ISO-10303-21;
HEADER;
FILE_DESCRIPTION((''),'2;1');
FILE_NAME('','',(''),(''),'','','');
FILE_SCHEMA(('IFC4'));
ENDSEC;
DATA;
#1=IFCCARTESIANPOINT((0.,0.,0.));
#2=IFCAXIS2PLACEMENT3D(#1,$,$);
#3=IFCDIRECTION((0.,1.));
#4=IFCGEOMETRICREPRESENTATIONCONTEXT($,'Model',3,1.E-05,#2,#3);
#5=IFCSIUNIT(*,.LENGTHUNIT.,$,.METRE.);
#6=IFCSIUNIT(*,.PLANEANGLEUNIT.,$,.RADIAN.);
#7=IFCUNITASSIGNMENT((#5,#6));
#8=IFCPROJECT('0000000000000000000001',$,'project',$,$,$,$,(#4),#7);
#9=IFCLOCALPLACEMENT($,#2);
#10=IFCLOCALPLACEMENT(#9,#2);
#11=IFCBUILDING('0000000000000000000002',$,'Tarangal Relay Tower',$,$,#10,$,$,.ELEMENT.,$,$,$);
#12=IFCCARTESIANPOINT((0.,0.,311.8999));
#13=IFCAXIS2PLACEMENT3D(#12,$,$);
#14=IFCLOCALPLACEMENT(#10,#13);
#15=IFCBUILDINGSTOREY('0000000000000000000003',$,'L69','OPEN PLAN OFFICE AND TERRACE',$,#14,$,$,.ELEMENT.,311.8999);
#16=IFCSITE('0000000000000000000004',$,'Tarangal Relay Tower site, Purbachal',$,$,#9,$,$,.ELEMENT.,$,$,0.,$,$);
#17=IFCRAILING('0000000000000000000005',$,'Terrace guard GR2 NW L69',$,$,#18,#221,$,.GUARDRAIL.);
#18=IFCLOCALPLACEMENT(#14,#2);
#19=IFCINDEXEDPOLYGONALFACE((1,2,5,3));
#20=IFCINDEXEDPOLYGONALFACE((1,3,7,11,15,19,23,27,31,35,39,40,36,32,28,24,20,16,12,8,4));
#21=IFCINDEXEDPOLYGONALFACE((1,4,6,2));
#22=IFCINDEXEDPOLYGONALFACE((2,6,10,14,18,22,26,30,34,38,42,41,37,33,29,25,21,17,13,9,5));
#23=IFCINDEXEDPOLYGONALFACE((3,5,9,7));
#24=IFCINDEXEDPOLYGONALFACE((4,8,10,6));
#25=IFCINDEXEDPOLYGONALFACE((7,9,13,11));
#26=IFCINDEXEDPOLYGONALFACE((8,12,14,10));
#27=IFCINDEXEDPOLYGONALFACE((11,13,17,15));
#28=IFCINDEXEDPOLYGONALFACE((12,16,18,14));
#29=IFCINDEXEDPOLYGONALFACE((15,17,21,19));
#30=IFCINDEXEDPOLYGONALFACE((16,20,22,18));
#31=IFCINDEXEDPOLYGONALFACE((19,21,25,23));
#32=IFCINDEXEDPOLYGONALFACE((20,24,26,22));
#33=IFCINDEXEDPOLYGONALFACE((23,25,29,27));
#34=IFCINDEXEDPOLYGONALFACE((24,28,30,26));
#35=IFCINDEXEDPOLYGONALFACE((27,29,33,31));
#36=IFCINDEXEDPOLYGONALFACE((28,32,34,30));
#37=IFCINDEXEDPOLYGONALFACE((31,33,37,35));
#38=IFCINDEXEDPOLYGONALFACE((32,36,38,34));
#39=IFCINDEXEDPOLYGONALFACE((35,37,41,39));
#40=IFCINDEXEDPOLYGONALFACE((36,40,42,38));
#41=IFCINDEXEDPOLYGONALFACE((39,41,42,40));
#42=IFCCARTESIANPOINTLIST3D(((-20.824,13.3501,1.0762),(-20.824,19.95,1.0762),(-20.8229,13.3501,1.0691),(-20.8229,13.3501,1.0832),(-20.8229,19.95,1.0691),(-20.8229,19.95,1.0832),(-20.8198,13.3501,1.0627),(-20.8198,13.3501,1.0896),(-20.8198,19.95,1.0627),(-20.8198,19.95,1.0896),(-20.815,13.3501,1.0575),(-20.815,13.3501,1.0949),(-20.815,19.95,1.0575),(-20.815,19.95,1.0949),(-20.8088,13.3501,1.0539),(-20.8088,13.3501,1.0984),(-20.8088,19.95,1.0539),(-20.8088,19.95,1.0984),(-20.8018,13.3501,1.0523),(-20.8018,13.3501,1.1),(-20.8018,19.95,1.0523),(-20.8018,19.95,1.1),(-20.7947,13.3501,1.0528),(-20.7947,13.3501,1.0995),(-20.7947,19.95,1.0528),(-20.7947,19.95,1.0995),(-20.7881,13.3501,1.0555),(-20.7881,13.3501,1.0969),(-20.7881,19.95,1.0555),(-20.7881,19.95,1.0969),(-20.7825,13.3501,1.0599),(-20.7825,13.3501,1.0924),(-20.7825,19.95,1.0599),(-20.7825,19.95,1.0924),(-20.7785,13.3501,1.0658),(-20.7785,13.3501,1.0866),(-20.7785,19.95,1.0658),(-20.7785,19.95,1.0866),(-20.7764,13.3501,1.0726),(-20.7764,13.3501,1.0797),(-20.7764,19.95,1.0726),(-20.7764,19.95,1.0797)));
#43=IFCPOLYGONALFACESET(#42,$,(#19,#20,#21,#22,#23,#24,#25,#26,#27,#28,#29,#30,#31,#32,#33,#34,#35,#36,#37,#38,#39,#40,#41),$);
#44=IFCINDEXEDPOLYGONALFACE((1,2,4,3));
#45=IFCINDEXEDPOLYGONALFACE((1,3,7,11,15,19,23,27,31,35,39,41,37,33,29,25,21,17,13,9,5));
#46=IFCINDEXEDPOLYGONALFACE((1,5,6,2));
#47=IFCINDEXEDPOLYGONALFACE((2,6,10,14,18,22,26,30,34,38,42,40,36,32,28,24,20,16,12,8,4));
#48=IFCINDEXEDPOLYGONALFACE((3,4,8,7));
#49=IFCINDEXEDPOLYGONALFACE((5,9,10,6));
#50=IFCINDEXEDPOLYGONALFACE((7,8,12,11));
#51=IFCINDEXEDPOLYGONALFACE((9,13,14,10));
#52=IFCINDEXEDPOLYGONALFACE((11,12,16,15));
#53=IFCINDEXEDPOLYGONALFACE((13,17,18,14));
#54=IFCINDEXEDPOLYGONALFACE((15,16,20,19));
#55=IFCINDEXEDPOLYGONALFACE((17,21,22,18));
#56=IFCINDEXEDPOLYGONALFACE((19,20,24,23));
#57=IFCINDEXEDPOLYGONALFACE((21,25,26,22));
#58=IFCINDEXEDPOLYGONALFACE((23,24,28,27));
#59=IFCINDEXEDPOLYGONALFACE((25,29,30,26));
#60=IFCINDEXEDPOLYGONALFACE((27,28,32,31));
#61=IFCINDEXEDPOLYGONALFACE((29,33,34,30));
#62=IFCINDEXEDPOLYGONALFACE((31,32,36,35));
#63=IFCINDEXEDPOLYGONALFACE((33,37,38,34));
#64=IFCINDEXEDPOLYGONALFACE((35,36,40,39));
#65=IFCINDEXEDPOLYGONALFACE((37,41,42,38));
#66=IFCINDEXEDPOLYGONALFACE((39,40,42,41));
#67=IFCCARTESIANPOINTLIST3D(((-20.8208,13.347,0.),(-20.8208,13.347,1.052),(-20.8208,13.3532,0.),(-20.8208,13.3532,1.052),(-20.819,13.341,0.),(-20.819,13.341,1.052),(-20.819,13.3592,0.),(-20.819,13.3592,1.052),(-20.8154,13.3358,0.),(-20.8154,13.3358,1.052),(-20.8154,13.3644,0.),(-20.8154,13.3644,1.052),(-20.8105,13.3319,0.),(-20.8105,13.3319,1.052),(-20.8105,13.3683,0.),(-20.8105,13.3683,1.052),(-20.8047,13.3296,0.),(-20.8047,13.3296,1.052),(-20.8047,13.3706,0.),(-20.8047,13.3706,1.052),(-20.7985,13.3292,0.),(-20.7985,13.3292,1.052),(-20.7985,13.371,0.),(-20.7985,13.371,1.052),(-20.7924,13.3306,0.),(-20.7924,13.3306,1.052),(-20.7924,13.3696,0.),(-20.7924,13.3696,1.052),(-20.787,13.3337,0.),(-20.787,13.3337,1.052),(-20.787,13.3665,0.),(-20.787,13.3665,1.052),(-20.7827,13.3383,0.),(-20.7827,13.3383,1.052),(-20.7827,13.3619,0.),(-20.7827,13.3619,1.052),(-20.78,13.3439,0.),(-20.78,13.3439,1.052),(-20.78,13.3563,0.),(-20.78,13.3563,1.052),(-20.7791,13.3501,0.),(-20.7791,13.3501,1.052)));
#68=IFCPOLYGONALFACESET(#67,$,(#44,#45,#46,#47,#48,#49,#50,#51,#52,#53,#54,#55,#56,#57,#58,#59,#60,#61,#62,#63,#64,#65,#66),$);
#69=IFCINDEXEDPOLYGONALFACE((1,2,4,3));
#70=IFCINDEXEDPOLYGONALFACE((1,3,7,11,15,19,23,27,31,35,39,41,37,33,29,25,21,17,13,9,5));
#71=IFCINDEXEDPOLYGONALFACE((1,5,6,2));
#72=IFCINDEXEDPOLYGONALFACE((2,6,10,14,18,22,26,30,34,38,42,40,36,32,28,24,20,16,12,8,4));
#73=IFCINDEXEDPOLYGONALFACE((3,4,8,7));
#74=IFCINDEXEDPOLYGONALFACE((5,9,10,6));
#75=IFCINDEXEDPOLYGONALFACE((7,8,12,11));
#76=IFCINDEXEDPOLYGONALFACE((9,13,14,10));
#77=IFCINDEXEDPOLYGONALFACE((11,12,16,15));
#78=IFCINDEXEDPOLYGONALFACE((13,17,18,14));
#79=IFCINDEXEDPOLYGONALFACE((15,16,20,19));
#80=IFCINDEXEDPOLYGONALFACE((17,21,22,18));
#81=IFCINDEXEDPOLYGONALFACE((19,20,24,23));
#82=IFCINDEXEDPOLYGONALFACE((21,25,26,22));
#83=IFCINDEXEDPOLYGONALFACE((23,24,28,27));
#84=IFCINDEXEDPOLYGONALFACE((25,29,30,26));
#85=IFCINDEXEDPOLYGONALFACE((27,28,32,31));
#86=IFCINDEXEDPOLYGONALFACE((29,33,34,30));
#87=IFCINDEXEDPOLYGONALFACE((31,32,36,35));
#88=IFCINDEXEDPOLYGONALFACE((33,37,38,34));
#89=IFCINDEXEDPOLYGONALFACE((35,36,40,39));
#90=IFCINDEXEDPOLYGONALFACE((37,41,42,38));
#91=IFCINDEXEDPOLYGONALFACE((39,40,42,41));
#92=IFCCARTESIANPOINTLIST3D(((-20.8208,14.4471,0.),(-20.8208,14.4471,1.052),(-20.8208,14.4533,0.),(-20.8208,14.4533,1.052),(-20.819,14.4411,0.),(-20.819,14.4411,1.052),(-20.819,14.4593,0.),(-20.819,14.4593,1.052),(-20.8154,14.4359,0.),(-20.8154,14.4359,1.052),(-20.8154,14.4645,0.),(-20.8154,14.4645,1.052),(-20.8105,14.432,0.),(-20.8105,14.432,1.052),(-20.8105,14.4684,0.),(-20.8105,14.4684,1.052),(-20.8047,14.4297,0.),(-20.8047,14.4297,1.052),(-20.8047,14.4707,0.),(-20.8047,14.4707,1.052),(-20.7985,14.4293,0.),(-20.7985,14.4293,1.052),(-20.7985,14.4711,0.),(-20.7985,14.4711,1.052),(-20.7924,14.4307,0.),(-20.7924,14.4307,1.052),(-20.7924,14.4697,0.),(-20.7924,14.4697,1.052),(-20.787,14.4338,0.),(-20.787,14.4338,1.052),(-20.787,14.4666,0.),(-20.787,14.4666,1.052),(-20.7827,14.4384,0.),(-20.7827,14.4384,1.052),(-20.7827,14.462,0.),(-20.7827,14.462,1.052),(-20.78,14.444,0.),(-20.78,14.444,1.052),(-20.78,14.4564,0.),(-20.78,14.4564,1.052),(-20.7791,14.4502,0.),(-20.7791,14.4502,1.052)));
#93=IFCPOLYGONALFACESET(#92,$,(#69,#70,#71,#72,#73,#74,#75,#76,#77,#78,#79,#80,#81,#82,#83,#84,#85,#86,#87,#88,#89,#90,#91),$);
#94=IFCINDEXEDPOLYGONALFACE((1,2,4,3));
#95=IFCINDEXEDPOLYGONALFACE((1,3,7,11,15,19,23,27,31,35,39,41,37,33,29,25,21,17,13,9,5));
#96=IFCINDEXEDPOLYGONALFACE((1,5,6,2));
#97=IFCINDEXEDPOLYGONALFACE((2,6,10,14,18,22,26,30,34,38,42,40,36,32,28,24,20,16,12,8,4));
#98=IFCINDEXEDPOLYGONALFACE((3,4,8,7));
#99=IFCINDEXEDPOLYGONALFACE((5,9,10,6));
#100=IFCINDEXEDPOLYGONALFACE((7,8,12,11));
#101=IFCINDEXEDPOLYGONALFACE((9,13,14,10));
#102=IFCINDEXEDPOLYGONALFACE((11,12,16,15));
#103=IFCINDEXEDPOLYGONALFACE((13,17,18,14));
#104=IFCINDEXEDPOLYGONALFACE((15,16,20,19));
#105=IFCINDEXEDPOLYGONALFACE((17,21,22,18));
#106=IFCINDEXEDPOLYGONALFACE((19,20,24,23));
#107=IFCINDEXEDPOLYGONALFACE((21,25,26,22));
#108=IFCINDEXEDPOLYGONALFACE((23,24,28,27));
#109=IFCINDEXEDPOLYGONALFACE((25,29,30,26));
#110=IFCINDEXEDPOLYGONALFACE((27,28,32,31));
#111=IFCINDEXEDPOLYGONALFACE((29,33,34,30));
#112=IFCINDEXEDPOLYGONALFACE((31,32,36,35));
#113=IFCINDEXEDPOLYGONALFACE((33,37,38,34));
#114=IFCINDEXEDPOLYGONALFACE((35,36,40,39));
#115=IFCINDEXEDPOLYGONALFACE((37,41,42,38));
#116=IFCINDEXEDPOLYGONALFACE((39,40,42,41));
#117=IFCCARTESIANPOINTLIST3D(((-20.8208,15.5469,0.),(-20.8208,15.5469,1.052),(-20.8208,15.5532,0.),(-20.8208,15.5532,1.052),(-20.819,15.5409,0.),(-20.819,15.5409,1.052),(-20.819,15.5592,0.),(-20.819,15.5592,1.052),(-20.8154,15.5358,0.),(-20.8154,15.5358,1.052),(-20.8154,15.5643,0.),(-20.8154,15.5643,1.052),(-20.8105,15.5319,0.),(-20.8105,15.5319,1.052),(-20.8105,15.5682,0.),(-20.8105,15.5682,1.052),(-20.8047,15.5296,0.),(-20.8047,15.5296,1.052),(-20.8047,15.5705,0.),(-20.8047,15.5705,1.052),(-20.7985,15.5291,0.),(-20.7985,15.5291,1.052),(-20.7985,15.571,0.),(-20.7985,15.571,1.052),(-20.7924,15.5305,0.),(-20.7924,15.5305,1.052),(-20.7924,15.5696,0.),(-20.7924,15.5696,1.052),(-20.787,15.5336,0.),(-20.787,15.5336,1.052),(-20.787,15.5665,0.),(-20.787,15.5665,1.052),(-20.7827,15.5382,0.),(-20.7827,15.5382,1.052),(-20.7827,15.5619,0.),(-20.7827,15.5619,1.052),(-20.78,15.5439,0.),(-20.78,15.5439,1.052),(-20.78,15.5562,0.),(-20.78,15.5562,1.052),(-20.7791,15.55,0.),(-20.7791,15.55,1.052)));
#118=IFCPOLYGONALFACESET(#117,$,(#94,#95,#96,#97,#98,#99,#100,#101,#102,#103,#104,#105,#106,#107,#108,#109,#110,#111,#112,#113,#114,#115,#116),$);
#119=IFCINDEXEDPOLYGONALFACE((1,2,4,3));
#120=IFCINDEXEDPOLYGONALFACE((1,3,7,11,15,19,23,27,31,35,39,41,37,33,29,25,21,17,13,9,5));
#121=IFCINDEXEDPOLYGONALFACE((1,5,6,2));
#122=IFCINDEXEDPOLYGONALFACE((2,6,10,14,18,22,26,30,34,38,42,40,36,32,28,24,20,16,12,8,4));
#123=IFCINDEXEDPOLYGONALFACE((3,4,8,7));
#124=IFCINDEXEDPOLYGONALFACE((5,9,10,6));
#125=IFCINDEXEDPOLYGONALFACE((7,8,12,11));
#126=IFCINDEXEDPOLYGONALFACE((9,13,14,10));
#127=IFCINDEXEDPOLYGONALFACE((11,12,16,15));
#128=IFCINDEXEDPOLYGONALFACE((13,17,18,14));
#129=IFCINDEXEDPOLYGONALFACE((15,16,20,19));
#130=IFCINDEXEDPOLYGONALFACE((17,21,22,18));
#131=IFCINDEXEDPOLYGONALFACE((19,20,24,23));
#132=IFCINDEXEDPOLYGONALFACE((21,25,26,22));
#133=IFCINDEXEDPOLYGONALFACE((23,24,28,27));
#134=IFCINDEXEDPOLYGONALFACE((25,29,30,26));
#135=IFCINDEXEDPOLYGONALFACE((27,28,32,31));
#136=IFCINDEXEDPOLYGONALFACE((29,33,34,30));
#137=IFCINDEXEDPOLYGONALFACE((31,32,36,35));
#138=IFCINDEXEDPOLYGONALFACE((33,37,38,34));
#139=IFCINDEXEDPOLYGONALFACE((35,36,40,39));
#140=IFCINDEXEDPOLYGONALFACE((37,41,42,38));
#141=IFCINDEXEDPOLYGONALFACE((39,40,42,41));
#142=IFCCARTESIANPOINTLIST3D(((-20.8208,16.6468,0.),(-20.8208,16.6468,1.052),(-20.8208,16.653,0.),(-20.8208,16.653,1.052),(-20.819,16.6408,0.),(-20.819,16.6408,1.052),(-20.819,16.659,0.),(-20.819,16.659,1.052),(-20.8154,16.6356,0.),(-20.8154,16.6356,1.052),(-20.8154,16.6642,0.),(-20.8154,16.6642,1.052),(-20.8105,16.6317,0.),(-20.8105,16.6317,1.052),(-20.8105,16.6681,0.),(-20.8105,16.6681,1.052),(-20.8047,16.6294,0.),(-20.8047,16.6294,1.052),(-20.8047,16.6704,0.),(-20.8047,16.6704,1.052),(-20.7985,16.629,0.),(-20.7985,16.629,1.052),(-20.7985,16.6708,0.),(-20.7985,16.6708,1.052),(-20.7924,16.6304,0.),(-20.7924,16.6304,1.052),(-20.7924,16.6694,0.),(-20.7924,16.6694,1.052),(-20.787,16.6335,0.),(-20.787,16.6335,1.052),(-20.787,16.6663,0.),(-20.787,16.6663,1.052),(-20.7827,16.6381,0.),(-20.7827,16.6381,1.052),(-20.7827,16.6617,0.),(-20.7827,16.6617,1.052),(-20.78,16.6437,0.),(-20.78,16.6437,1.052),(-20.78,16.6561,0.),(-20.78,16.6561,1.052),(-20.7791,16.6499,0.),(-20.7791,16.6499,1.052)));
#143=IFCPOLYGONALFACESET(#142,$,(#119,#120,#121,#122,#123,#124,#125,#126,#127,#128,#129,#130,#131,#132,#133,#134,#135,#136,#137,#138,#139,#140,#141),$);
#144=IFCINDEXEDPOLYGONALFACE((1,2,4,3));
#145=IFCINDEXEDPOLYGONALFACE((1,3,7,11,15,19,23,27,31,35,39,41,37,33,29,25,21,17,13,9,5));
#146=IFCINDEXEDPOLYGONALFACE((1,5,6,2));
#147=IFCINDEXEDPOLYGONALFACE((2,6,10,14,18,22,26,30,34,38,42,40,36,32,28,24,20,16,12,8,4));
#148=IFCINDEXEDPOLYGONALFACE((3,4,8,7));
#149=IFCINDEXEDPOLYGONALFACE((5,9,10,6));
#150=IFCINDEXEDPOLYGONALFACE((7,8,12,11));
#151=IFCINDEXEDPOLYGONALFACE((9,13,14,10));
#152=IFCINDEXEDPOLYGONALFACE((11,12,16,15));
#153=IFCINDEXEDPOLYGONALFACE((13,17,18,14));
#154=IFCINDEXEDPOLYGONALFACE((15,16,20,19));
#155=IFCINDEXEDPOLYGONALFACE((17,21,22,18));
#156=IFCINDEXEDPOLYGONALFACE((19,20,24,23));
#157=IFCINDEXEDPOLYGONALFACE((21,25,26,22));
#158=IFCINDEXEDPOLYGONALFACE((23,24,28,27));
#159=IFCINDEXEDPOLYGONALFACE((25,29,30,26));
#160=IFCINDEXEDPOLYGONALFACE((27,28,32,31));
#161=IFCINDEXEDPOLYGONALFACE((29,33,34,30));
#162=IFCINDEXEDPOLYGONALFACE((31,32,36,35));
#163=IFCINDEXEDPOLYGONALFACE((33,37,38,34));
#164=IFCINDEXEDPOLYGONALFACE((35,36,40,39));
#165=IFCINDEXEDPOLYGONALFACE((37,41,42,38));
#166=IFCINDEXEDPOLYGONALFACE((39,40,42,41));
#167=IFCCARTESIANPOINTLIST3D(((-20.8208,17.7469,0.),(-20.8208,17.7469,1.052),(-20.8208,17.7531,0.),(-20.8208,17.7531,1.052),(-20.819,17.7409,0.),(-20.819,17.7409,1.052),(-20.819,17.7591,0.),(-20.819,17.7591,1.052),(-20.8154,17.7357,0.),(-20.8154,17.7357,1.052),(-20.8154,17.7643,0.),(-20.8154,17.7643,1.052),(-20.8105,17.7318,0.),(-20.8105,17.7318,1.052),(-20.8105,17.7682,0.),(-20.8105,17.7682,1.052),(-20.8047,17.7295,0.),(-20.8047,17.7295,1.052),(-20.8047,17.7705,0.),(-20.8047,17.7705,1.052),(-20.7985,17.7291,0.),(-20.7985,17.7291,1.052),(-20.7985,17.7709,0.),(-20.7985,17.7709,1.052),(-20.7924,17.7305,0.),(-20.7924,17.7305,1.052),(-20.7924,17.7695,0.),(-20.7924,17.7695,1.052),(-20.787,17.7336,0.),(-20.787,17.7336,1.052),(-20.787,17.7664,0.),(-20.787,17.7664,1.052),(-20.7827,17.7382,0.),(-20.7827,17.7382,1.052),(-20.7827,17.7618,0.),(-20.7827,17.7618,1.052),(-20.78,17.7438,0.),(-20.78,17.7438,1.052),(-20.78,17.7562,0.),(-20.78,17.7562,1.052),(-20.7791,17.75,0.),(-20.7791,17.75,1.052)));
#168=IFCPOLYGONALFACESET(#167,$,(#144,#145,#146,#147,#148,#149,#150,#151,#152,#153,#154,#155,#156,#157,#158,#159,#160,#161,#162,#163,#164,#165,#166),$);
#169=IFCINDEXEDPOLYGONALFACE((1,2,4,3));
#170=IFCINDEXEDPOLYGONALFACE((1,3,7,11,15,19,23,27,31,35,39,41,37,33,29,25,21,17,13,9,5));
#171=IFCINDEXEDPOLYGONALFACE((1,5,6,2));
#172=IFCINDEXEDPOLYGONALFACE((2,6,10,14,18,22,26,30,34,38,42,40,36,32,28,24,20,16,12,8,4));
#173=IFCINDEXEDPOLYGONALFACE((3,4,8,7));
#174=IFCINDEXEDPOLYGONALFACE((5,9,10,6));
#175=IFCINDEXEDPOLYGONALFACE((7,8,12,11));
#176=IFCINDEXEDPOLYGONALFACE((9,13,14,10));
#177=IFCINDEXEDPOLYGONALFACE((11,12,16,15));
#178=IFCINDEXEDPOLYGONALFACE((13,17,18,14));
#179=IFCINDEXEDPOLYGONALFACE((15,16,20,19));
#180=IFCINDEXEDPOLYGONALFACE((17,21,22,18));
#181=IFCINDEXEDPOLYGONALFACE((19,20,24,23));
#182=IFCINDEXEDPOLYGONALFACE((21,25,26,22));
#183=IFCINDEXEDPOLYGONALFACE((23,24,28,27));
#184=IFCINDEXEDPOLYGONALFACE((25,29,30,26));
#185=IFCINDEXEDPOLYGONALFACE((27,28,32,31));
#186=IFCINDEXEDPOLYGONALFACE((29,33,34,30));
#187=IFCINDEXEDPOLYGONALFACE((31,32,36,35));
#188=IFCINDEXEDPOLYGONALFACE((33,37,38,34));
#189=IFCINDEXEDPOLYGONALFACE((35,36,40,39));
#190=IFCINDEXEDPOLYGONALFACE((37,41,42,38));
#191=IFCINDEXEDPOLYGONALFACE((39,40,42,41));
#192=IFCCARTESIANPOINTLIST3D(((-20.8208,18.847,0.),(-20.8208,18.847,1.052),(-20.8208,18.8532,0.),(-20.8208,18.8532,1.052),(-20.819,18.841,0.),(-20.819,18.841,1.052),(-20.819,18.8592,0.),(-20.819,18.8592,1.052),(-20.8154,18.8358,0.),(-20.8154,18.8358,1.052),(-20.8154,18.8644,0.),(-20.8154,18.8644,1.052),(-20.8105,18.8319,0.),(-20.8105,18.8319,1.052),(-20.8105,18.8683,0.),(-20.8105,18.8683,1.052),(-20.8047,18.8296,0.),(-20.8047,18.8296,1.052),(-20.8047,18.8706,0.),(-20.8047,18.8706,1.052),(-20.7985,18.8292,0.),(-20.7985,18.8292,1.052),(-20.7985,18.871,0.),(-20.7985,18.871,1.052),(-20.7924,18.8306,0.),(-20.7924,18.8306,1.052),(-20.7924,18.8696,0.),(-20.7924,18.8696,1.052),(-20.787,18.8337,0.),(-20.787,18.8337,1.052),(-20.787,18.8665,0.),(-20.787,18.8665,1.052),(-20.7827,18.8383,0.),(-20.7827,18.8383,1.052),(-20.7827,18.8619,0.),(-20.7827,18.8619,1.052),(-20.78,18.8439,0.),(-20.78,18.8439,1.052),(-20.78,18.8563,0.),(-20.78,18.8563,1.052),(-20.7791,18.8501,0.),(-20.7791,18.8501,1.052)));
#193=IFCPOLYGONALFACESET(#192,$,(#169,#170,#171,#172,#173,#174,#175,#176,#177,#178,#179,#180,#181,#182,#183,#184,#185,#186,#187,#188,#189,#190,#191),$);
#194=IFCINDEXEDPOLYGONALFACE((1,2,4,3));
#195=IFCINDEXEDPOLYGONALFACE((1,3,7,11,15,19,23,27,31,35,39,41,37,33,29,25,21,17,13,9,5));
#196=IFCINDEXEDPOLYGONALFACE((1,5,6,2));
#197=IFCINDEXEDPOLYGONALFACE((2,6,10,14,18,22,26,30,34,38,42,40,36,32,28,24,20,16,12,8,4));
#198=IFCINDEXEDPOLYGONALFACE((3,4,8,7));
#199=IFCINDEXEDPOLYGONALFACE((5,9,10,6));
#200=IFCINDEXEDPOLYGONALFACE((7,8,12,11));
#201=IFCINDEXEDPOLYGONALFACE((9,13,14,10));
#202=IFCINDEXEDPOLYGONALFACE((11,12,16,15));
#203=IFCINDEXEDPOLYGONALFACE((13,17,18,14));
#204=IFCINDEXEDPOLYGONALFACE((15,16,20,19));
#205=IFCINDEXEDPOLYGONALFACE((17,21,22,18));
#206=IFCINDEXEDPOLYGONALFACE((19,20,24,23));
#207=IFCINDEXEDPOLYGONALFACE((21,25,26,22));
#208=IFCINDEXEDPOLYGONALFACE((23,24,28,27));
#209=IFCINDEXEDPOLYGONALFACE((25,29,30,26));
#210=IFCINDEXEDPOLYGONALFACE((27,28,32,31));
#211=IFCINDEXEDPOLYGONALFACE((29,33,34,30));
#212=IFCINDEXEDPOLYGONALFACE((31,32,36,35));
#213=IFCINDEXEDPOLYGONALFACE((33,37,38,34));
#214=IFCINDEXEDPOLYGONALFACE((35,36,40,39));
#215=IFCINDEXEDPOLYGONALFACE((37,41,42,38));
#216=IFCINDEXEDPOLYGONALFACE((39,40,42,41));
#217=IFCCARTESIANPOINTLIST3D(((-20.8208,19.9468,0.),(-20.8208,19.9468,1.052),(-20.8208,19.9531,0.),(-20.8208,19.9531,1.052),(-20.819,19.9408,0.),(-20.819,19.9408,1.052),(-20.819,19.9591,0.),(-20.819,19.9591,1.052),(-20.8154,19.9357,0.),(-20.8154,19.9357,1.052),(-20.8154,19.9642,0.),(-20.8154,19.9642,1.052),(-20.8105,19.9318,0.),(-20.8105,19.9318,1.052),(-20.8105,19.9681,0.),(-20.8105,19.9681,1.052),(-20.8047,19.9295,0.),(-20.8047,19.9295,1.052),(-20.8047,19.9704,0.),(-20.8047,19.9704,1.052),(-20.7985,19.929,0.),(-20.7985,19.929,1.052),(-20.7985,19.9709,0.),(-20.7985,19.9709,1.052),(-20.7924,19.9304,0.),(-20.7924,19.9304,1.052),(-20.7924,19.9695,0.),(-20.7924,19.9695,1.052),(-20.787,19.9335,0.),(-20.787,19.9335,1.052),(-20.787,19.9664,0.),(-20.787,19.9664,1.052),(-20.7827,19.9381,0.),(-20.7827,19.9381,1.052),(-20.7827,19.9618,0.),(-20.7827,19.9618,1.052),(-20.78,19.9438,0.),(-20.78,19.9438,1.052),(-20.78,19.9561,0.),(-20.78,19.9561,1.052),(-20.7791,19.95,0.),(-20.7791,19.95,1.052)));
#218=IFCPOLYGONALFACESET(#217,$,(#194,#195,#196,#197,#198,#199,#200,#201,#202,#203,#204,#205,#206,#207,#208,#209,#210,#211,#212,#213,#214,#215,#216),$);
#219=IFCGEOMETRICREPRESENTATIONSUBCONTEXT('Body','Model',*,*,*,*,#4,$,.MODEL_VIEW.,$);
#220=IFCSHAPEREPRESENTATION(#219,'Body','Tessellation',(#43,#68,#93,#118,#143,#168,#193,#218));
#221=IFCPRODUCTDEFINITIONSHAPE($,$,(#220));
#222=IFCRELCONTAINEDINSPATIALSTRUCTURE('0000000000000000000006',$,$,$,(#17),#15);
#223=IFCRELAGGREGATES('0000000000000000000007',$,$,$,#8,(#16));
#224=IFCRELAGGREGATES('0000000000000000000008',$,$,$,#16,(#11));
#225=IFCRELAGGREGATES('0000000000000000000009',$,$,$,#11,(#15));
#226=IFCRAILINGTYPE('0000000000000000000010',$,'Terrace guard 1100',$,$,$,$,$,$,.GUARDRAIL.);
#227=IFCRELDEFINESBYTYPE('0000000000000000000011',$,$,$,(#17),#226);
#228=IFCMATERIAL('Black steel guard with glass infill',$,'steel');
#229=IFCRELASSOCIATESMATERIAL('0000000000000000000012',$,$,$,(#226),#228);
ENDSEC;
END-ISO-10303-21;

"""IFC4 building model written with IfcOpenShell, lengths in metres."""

from ifc_helpers import new_model, si_unit, direction, frame, origin, origin_2d, place, context, subcontext, project, spatial, circle, extrude, material, type_object, element, save


model = new_model("IFC4")

# Units and contexts
model_context = context("Model", 3, precision=1e-05, world=origin(), true_north=direction((0.0, 1.0)))
body_context = subcontext(model_context, "Body", "Model", "MODEL_VIEW")
ifc_project = project(units=[si_unit("LENGTHUNIT", "METRE"), si_unit("PLANEANGLEUNIT", "RADIAN")], contexts=[model_context])

# Site, building, storey
site_placement = place(None, origin())
site = spatial("IfcSite", under=ifc_project, at=site_placement, Name="Tarangal Relay Tower site, Purbachal", CompositionType="ELEMENT", RefElevation=0.0)
building_placement = place(site_placement, origin())
building = spatial("IfcBuilding", under=site, at=building_placement, Name="Tarangal Relay Tower", CompositionType="ELEMENT")
storey_placement = place(building_placement, frame((0.0, 0.0, 311.8999)))
storey = spatial("IfcBuildingStorey", under=building, at=storey_placement, Name="L69", Description="OPEN PLAN OFFICE AND TERRACE", CompositionType="ELEMENT", Elevation=311.8999)

# Railing
ifc_material_1 = material(Name="Black steel guard with glass infill", Category="steel")
railing_type = type_object("IfcRailingType", Name="Terrace guard 1100", PredefinedType="GUARDRAIL", material=ifc_material_1)
railing_1_placement = place(storey_placement, frame((-20.8, 13.3501, 0.0)))
element("IfcRailing", 1, at=railing_1_placement, inside=storey, type_object=railing_type, Name="Terrace guard GR2 NW L69", PredefinedType="GUARDRAIL", context=body_context, shape_type="SweptSolid", body=[
    extrude(circle(Radius=0.0239, at=origin_2d()), frame((0.0, 0.0, 1.0762), z_axis=(0.0, 1.0, 0.0), x_axis=(-1.0, 0.0, 0.0)), (0.0, 0.0, 1.0), 6.5999),
    extrude(circle(Radius=0.021, at=origin_2d()), origin(), (0.0, 0.0, 1.0), 1.052),
    extrude(circle(Radius=0.021, at=origin_2d()), frame((0.0, 1.1001, 0.0)), (0.0, 0.0, 1.0), 1.052),
    extrude(circle(Radius=0.021, at=origin_2d()), frame((0.0, 2.2, 0.0)), (0.0, 0.0, 1.0), 1.052),
    extrude(circle(Radius=0.021, at=origin_2d()), frame((0.0, 3.2998, 0.0)), (0.0, 0.0, 1.0), 1.052),
    extrude(circle(Radius=0.021, at=origin_2d()), frame((0.0, 4.3999, 0.0)), (0.0, 0.0, 1.0), 1.052),
    extrude(circle(Radius=0.021, at=origin_2d()), frame((0.0, 5.5, 0.0)), (0.0, 0.0, 1.0), 1.052),
    extrude(circle(Radius=0.021, at=origin_2d()), frame((0.0, 6.5999, 0.0)), (0.0, 0.0, 1.0), 1.052),
])

save(model, "model.ifc")
